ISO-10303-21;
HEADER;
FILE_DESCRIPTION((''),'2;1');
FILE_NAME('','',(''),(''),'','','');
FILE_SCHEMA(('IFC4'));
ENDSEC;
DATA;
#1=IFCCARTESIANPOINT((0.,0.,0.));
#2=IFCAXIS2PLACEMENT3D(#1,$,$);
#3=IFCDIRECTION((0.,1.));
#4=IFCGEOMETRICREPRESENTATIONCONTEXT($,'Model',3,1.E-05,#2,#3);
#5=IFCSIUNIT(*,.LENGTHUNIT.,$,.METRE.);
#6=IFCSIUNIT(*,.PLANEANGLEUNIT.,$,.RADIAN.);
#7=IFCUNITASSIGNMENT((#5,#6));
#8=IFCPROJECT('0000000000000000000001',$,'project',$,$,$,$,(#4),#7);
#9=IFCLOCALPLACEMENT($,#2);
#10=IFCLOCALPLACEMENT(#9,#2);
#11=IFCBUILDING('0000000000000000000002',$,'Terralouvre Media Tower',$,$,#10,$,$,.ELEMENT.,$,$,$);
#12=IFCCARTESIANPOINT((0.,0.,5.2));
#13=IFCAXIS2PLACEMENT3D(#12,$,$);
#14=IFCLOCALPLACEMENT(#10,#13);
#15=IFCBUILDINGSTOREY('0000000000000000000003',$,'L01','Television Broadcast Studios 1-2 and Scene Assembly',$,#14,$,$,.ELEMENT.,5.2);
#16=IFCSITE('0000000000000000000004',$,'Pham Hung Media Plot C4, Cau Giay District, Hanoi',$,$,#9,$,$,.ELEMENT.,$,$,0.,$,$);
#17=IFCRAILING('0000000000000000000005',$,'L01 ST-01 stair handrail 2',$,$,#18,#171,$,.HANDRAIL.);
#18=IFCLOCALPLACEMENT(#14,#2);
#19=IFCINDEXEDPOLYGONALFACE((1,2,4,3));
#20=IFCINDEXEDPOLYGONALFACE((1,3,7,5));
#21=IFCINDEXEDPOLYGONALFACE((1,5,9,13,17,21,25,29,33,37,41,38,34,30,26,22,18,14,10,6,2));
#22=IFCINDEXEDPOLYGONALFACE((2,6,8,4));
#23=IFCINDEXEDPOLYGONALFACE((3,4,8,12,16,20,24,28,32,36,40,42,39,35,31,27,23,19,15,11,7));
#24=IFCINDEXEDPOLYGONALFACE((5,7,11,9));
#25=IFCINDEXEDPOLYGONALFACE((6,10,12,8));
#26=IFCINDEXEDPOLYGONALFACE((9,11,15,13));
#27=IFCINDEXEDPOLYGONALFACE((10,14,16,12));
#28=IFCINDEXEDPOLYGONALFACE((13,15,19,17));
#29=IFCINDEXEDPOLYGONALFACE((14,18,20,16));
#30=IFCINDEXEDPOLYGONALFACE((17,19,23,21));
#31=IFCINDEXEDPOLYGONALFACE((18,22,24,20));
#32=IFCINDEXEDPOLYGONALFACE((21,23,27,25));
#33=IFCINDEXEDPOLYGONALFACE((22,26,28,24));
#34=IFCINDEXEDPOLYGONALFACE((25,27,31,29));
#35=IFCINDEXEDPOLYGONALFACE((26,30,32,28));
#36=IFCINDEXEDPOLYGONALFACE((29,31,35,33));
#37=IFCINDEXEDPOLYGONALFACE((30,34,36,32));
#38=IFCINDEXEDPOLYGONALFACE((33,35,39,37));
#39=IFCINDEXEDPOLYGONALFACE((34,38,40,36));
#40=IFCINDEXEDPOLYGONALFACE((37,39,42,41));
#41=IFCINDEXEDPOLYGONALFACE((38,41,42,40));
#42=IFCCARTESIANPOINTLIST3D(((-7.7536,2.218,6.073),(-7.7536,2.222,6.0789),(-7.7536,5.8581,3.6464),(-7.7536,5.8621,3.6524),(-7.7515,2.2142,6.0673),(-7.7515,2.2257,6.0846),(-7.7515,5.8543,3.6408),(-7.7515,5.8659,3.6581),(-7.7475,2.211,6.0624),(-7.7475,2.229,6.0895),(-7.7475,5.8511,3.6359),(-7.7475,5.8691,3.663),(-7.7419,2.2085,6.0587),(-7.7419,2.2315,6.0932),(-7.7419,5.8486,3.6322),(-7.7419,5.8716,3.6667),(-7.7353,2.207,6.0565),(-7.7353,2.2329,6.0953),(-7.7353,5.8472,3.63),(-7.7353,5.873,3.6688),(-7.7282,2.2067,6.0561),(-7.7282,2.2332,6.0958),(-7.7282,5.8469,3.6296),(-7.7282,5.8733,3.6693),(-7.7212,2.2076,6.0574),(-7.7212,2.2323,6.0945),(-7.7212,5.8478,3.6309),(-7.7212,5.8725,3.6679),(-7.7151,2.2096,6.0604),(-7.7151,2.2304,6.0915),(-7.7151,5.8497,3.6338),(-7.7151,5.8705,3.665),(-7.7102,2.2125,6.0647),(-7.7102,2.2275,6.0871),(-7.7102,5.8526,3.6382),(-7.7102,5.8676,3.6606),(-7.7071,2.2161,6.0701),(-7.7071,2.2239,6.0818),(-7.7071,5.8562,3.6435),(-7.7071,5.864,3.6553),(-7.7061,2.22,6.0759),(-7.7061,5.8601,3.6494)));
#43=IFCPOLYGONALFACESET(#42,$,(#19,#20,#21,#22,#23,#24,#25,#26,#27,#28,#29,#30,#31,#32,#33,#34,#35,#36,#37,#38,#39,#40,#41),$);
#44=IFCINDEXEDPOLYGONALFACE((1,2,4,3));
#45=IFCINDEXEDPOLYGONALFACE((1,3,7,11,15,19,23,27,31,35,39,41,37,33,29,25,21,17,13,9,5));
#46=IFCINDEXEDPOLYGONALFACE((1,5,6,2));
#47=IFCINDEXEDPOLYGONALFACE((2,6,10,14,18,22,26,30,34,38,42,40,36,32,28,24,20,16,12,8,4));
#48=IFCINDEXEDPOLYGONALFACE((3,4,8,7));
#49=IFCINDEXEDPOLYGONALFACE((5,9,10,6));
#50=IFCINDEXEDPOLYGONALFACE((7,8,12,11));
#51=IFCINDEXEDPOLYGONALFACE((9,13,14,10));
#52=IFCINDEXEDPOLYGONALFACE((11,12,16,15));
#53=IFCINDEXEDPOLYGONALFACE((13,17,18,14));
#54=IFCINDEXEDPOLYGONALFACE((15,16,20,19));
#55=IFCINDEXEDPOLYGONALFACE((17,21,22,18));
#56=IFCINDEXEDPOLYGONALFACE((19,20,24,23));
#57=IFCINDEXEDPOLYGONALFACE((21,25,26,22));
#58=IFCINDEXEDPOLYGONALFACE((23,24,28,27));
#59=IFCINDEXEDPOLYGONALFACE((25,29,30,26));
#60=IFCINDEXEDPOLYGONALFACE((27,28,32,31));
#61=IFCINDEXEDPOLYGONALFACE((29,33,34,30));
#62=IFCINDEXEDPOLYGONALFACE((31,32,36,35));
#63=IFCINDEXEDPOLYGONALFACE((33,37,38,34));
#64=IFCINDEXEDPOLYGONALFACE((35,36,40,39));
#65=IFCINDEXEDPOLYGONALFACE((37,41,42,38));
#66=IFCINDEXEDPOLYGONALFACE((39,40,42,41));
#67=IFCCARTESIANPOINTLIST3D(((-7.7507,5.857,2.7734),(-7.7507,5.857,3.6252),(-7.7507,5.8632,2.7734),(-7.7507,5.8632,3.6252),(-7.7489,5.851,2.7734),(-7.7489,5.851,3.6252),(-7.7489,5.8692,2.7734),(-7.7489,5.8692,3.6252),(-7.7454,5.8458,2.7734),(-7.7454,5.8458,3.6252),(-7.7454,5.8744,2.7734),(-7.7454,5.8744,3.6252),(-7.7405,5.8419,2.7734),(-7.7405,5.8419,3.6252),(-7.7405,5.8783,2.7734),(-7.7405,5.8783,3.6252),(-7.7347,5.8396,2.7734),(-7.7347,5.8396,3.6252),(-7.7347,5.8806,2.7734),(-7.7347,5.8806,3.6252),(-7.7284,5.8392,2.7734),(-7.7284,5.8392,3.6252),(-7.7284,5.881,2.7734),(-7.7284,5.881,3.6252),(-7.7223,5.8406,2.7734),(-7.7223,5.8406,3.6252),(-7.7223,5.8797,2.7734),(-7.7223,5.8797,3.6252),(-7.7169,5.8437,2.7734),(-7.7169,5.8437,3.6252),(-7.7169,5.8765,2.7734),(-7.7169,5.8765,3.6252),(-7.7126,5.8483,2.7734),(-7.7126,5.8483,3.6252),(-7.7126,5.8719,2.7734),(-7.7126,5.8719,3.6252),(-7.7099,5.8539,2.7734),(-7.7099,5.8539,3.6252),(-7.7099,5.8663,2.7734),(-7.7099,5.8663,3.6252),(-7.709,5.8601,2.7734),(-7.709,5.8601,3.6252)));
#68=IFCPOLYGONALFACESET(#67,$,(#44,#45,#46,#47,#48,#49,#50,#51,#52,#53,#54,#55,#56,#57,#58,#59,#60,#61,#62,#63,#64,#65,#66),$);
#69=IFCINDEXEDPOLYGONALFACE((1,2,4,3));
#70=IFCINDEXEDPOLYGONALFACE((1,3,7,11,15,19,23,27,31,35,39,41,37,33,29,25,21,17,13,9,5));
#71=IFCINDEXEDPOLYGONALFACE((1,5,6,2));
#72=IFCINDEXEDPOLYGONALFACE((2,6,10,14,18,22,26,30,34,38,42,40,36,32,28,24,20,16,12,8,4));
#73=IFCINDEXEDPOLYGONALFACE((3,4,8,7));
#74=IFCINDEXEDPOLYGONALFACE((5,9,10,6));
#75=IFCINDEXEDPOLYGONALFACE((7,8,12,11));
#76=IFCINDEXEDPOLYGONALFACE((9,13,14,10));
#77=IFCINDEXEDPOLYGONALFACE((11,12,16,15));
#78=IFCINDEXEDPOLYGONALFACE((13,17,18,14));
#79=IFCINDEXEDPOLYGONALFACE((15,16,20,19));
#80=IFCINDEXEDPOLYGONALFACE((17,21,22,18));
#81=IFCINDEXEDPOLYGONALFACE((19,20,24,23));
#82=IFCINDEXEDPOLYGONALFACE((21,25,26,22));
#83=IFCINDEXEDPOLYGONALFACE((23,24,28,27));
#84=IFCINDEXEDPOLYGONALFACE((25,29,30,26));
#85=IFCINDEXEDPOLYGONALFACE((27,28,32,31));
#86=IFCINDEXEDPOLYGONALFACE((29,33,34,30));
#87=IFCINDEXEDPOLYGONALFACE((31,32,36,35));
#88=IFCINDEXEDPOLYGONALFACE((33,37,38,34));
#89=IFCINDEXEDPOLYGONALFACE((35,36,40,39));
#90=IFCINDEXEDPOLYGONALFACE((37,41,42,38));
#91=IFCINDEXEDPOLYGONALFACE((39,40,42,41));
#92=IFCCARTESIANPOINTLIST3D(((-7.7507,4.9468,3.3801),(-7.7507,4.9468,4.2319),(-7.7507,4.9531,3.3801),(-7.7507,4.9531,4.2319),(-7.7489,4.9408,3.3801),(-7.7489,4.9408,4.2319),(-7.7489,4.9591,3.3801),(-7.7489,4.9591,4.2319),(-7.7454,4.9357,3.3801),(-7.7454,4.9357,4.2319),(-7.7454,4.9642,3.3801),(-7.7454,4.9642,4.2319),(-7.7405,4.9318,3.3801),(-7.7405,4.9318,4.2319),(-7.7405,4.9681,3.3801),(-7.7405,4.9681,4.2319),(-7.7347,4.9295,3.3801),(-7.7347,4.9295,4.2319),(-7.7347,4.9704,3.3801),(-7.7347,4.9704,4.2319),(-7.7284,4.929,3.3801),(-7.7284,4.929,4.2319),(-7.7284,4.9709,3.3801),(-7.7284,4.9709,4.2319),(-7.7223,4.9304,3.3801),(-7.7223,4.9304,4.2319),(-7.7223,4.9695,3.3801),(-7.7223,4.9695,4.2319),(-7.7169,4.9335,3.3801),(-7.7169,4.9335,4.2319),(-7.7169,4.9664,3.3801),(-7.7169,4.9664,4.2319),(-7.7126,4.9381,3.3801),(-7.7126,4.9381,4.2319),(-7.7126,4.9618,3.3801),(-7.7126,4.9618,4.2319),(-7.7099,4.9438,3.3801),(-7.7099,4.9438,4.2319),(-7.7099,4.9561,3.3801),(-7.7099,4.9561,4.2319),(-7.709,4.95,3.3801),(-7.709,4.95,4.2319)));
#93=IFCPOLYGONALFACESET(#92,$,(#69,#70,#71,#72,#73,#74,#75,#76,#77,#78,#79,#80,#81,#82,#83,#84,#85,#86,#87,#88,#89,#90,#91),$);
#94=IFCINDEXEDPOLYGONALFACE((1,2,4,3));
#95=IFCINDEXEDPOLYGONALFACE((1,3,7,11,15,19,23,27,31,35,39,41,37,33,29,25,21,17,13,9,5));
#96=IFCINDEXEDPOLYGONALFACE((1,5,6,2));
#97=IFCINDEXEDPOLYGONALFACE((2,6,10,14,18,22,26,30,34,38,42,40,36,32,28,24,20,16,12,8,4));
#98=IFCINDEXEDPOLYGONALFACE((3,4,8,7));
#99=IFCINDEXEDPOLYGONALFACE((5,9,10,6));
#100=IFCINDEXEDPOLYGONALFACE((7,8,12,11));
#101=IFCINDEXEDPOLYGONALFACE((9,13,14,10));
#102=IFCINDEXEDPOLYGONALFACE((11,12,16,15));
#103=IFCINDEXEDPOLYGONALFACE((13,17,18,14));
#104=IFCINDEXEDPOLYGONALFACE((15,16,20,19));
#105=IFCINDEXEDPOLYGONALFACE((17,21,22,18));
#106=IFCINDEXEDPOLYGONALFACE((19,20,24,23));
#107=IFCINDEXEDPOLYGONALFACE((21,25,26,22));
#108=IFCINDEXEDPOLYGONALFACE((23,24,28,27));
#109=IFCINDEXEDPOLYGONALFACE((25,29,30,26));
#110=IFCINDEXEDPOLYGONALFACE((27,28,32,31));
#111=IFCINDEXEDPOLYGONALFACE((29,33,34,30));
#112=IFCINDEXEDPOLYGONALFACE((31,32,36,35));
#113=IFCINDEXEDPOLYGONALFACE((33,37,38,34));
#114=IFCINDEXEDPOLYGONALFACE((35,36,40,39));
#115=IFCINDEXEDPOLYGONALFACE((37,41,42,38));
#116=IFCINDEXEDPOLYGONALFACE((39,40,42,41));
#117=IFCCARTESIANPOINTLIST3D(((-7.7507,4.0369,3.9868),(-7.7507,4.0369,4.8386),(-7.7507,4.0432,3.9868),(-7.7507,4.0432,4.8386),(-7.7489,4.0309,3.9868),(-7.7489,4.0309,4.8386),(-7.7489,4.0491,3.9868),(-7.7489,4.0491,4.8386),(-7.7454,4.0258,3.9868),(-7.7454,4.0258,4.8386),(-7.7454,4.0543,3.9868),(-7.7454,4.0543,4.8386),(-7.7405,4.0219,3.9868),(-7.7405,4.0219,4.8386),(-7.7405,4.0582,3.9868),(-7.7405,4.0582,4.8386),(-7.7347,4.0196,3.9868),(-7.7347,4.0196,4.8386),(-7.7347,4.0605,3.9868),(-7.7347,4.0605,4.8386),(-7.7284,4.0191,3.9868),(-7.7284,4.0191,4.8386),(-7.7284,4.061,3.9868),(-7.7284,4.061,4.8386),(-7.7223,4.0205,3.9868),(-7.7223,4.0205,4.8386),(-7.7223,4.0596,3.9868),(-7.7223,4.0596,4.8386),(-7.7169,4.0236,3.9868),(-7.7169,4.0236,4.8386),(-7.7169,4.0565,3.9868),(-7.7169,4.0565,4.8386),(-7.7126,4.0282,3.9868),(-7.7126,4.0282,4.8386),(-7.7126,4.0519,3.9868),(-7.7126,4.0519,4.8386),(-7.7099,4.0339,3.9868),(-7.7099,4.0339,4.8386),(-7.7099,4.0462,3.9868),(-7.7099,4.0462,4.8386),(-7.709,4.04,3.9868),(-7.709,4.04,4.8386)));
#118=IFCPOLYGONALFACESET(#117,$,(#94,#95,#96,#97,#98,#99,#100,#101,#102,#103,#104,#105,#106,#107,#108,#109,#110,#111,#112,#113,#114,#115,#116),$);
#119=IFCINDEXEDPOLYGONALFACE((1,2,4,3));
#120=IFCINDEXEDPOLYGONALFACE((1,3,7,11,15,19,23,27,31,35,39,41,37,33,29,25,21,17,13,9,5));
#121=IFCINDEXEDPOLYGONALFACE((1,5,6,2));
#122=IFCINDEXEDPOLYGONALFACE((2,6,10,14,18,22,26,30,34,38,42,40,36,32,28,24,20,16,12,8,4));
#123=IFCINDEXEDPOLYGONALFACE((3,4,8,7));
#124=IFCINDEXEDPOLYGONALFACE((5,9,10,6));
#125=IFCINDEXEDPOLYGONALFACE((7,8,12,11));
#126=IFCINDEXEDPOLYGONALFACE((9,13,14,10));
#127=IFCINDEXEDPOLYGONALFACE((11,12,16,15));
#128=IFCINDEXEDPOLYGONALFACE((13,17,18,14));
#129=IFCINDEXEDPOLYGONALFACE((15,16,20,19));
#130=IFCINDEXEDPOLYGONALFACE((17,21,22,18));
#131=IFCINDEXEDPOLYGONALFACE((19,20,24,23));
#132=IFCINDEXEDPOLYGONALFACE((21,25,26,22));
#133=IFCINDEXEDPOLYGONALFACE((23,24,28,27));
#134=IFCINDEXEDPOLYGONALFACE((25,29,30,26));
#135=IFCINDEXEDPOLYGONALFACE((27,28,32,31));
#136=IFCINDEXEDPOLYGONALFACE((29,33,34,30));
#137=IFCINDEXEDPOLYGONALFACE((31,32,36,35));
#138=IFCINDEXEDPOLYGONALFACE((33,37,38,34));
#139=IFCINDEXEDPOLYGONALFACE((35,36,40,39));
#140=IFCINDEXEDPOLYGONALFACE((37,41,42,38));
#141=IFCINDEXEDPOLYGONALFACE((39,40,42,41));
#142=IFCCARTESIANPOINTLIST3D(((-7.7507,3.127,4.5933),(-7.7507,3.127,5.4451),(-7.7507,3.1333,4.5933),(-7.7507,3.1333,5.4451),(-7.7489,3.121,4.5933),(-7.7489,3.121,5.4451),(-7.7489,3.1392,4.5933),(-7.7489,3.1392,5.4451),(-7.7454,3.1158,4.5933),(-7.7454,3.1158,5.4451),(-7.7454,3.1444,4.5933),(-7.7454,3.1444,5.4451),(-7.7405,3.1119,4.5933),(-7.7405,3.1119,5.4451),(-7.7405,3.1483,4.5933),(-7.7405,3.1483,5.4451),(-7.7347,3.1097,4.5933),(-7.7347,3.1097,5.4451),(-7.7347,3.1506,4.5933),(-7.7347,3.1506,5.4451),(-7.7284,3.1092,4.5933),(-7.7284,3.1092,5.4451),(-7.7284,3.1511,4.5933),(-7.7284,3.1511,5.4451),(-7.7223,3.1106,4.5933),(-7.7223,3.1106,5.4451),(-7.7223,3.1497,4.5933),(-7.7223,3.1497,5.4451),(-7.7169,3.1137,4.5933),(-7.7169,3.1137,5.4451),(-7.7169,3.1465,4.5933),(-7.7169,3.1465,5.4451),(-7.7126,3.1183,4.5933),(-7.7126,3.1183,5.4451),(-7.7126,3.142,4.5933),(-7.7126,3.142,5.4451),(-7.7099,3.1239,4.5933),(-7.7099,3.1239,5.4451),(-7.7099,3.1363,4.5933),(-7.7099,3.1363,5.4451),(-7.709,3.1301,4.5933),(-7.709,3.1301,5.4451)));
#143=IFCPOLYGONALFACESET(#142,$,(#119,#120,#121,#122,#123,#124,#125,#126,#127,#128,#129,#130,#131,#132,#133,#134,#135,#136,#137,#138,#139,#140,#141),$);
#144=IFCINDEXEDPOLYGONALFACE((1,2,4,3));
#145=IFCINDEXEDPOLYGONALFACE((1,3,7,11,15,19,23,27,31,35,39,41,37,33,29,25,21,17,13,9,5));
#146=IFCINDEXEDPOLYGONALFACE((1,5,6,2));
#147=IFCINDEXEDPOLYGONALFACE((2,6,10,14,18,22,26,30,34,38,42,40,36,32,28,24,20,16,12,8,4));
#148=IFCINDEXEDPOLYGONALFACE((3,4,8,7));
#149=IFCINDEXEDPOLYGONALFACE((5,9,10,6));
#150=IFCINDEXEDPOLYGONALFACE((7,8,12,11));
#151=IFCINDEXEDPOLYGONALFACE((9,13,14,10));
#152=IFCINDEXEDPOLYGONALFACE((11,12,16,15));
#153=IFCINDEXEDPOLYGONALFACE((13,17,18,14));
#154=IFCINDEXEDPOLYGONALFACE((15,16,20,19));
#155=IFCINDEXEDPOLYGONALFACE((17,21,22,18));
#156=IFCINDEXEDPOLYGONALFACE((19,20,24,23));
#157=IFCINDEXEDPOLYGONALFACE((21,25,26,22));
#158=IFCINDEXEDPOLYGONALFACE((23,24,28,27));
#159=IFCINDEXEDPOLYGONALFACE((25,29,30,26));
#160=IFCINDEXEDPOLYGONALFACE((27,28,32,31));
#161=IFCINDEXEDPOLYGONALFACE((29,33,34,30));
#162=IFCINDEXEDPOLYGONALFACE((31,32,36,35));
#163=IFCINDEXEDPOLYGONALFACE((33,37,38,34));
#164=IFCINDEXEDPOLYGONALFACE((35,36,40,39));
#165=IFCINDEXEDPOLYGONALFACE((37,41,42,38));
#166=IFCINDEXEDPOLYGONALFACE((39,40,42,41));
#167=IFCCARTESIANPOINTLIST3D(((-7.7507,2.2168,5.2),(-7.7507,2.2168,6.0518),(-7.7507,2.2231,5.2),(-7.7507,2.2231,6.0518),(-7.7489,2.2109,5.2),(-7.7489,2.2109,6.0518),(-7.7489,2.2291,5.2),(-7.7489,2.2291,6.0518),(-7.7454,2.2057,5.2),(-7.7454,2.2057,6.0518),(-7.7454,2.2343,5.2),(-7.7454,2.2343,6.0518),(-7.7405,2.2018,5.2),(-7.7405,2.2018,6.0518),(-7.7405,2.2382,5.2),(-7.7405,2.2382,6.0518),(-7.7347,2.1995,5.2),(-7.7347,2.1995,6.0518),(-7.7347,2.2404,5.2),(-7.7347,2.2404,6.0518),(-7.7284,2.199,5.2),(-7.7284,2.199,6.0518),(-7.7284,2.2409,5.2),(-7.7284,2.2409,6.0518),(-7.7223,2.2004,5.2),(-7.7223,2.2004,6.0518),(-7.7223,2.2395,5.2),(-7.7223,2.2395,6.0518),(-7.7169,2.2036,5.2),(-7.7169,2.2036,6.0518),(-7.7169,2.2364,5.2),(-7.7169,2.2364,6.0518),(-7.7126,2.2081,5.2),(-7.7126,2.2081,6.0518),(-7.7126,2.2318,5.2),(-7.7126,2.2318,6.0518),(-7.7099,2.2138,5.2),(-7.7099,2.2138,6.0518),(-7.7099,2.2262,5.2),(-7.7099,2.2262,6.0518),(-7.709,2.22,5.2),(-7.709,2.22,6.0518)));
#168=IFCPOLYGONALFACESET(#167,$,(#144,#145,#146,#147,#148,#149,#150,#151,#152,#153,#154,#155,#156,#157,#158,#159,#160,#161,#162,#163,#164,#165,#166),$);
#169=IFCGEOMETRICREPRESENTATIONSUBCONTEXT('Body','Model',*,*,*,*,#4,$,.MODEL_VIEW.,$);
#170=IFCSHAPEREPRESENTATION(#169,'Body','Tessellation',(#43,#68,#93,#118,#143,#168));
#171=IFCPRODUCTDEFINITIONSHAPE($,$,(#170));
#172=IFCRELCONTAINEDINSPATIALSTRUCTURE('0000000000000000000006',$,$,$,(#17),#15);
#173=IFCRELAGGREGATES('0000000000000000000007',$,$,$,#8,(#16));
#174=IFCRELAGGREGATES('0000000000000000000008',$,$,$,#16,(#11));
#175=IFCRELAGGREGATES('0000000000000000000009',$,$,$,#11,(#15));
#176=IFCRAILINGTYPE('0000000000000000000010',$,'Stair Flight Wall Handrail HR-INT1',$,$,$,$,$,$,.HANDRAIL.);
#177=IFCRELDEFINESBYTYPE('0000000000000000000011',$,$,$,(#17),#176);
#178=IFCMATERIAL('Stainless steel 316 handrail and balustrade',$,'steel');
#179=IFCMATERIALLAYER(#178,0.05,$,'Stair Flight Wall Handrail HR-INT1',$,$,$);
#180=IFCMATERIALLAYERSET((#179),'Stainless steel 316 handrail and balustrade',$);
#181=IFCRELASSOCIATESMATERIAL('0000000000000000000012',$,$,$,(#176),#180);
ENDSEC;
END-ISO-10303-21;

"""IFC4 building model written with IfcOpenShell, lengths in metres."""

from ifc_helpers import new_model, si_unit, direction, frame, origin, origin_2d, place, context, subcontext, project, spatial, circle, extrude, material, layer, layer_set, type_object, element, save


model = new_model("IFC4")

# Units and contexts
model_context = context("Model", 3, precision=1e-05, world=origin(), true_north=direction((0.0, 1.0)))
body_context = subcontext(model_context, "Body", "Model", "MODEL_VIEW")
ifc_project = project(units=[si_unit("LENGTHUNIT", "METRE"), si_unit("PLANEANGLEUNIT", "RADIAN")], contexts=[model_context])

# Site, building, storey
site_placement = place(None, origin())
site = spatial("IfcSite", under=ifc_project, at=site_placement, Name="Pham Hung Media Plot C4, Cau Giay District, Hanoi", CompositionType="ELEMENT", RefElevation=0.0)
building_placement = place(site_placement, origin())
building = spatial("IfcBuilding", under=site, at=building_placement, Name="Terralouvre Media Tower", CompositionType="ELEMENT")
storey_placement = place(building_placement, frame((0.0, 0.0, 5.2)))
storey = spatial("IfcBuildingStorey", under=building, at=storey_placement, Name="L01", Description="Television Broadcast Studios 1-2 and Scene Assembly", CompositionType="ELEMENT", Elevation=5.2)

# Railing
ifc_material_1 = material(Name="Stainless steel 316 handrail and balustrade", Category="steel")
ifc_layer_1 = layer(ifc_material_1, 0.05, Name="Stair Flight Wall Handrail HR-INT1")
ifc_layer_set_1 = layer_set([ifc_layer_1], Name="Stainless steel 316 handrail and balustrade")
railing_type_1 = type_object("IfcRailingType", Name="Stair Flight Wall Handrail HR-INT1", PredefinedType="HANDRAIL", material=ifc_layer_set_1)
railing_1_placement = place(storey_placement, frame((-7.73, 5.8601, 2.7734)))
element("IfcRailing", 1, at=railing_1_placement, inside=storey, type_object=railing_type_1, Name="L01 ST-01 stair handrail 2", PredefinedType="HANDRAIL", context=body_context, shape_type="SweptSolid", body=[
    extrude(circle(Radius=0.0239, at=origin_2d()), frame((0.0, 0.0, 0.876), z_axis=(0.0, -0.832076, 0.554662), x_axis=(1.0, 0.0, 0.0)), (0.0, 0.0, 1.0), 4.3748),
    extrude(circle(Radius=0.021, at=origin_2d()), origin(), (0.0, 0.0, 1.0), 0.8518),
    extrude(circle(Radius=0.021, at=origin_2d()), frame((0.0, -0.9102, 0.6067)), (0.0, 0.0, 1.0), 0.8518),
    extrude(circle(Radius=0.021, at=origin_2d()), frame((0.0, -1.8201, 1.2134)), (0.0, 0.0, 1.0), 0.8518),
    extrude(circle(Radius=0.021, at=origin_2d()), frame((0.0, -2.73, 1.8198)), (0.0, 0.0, 1.0), 0.8518),
    extrude(circle(Radius=0.021, at=origin_2d()), frame((0.0, -3.6401, 2.4265)), (0.0, 0.0, 1.0), 0.8518),
])

save(model, "model.ifc")
